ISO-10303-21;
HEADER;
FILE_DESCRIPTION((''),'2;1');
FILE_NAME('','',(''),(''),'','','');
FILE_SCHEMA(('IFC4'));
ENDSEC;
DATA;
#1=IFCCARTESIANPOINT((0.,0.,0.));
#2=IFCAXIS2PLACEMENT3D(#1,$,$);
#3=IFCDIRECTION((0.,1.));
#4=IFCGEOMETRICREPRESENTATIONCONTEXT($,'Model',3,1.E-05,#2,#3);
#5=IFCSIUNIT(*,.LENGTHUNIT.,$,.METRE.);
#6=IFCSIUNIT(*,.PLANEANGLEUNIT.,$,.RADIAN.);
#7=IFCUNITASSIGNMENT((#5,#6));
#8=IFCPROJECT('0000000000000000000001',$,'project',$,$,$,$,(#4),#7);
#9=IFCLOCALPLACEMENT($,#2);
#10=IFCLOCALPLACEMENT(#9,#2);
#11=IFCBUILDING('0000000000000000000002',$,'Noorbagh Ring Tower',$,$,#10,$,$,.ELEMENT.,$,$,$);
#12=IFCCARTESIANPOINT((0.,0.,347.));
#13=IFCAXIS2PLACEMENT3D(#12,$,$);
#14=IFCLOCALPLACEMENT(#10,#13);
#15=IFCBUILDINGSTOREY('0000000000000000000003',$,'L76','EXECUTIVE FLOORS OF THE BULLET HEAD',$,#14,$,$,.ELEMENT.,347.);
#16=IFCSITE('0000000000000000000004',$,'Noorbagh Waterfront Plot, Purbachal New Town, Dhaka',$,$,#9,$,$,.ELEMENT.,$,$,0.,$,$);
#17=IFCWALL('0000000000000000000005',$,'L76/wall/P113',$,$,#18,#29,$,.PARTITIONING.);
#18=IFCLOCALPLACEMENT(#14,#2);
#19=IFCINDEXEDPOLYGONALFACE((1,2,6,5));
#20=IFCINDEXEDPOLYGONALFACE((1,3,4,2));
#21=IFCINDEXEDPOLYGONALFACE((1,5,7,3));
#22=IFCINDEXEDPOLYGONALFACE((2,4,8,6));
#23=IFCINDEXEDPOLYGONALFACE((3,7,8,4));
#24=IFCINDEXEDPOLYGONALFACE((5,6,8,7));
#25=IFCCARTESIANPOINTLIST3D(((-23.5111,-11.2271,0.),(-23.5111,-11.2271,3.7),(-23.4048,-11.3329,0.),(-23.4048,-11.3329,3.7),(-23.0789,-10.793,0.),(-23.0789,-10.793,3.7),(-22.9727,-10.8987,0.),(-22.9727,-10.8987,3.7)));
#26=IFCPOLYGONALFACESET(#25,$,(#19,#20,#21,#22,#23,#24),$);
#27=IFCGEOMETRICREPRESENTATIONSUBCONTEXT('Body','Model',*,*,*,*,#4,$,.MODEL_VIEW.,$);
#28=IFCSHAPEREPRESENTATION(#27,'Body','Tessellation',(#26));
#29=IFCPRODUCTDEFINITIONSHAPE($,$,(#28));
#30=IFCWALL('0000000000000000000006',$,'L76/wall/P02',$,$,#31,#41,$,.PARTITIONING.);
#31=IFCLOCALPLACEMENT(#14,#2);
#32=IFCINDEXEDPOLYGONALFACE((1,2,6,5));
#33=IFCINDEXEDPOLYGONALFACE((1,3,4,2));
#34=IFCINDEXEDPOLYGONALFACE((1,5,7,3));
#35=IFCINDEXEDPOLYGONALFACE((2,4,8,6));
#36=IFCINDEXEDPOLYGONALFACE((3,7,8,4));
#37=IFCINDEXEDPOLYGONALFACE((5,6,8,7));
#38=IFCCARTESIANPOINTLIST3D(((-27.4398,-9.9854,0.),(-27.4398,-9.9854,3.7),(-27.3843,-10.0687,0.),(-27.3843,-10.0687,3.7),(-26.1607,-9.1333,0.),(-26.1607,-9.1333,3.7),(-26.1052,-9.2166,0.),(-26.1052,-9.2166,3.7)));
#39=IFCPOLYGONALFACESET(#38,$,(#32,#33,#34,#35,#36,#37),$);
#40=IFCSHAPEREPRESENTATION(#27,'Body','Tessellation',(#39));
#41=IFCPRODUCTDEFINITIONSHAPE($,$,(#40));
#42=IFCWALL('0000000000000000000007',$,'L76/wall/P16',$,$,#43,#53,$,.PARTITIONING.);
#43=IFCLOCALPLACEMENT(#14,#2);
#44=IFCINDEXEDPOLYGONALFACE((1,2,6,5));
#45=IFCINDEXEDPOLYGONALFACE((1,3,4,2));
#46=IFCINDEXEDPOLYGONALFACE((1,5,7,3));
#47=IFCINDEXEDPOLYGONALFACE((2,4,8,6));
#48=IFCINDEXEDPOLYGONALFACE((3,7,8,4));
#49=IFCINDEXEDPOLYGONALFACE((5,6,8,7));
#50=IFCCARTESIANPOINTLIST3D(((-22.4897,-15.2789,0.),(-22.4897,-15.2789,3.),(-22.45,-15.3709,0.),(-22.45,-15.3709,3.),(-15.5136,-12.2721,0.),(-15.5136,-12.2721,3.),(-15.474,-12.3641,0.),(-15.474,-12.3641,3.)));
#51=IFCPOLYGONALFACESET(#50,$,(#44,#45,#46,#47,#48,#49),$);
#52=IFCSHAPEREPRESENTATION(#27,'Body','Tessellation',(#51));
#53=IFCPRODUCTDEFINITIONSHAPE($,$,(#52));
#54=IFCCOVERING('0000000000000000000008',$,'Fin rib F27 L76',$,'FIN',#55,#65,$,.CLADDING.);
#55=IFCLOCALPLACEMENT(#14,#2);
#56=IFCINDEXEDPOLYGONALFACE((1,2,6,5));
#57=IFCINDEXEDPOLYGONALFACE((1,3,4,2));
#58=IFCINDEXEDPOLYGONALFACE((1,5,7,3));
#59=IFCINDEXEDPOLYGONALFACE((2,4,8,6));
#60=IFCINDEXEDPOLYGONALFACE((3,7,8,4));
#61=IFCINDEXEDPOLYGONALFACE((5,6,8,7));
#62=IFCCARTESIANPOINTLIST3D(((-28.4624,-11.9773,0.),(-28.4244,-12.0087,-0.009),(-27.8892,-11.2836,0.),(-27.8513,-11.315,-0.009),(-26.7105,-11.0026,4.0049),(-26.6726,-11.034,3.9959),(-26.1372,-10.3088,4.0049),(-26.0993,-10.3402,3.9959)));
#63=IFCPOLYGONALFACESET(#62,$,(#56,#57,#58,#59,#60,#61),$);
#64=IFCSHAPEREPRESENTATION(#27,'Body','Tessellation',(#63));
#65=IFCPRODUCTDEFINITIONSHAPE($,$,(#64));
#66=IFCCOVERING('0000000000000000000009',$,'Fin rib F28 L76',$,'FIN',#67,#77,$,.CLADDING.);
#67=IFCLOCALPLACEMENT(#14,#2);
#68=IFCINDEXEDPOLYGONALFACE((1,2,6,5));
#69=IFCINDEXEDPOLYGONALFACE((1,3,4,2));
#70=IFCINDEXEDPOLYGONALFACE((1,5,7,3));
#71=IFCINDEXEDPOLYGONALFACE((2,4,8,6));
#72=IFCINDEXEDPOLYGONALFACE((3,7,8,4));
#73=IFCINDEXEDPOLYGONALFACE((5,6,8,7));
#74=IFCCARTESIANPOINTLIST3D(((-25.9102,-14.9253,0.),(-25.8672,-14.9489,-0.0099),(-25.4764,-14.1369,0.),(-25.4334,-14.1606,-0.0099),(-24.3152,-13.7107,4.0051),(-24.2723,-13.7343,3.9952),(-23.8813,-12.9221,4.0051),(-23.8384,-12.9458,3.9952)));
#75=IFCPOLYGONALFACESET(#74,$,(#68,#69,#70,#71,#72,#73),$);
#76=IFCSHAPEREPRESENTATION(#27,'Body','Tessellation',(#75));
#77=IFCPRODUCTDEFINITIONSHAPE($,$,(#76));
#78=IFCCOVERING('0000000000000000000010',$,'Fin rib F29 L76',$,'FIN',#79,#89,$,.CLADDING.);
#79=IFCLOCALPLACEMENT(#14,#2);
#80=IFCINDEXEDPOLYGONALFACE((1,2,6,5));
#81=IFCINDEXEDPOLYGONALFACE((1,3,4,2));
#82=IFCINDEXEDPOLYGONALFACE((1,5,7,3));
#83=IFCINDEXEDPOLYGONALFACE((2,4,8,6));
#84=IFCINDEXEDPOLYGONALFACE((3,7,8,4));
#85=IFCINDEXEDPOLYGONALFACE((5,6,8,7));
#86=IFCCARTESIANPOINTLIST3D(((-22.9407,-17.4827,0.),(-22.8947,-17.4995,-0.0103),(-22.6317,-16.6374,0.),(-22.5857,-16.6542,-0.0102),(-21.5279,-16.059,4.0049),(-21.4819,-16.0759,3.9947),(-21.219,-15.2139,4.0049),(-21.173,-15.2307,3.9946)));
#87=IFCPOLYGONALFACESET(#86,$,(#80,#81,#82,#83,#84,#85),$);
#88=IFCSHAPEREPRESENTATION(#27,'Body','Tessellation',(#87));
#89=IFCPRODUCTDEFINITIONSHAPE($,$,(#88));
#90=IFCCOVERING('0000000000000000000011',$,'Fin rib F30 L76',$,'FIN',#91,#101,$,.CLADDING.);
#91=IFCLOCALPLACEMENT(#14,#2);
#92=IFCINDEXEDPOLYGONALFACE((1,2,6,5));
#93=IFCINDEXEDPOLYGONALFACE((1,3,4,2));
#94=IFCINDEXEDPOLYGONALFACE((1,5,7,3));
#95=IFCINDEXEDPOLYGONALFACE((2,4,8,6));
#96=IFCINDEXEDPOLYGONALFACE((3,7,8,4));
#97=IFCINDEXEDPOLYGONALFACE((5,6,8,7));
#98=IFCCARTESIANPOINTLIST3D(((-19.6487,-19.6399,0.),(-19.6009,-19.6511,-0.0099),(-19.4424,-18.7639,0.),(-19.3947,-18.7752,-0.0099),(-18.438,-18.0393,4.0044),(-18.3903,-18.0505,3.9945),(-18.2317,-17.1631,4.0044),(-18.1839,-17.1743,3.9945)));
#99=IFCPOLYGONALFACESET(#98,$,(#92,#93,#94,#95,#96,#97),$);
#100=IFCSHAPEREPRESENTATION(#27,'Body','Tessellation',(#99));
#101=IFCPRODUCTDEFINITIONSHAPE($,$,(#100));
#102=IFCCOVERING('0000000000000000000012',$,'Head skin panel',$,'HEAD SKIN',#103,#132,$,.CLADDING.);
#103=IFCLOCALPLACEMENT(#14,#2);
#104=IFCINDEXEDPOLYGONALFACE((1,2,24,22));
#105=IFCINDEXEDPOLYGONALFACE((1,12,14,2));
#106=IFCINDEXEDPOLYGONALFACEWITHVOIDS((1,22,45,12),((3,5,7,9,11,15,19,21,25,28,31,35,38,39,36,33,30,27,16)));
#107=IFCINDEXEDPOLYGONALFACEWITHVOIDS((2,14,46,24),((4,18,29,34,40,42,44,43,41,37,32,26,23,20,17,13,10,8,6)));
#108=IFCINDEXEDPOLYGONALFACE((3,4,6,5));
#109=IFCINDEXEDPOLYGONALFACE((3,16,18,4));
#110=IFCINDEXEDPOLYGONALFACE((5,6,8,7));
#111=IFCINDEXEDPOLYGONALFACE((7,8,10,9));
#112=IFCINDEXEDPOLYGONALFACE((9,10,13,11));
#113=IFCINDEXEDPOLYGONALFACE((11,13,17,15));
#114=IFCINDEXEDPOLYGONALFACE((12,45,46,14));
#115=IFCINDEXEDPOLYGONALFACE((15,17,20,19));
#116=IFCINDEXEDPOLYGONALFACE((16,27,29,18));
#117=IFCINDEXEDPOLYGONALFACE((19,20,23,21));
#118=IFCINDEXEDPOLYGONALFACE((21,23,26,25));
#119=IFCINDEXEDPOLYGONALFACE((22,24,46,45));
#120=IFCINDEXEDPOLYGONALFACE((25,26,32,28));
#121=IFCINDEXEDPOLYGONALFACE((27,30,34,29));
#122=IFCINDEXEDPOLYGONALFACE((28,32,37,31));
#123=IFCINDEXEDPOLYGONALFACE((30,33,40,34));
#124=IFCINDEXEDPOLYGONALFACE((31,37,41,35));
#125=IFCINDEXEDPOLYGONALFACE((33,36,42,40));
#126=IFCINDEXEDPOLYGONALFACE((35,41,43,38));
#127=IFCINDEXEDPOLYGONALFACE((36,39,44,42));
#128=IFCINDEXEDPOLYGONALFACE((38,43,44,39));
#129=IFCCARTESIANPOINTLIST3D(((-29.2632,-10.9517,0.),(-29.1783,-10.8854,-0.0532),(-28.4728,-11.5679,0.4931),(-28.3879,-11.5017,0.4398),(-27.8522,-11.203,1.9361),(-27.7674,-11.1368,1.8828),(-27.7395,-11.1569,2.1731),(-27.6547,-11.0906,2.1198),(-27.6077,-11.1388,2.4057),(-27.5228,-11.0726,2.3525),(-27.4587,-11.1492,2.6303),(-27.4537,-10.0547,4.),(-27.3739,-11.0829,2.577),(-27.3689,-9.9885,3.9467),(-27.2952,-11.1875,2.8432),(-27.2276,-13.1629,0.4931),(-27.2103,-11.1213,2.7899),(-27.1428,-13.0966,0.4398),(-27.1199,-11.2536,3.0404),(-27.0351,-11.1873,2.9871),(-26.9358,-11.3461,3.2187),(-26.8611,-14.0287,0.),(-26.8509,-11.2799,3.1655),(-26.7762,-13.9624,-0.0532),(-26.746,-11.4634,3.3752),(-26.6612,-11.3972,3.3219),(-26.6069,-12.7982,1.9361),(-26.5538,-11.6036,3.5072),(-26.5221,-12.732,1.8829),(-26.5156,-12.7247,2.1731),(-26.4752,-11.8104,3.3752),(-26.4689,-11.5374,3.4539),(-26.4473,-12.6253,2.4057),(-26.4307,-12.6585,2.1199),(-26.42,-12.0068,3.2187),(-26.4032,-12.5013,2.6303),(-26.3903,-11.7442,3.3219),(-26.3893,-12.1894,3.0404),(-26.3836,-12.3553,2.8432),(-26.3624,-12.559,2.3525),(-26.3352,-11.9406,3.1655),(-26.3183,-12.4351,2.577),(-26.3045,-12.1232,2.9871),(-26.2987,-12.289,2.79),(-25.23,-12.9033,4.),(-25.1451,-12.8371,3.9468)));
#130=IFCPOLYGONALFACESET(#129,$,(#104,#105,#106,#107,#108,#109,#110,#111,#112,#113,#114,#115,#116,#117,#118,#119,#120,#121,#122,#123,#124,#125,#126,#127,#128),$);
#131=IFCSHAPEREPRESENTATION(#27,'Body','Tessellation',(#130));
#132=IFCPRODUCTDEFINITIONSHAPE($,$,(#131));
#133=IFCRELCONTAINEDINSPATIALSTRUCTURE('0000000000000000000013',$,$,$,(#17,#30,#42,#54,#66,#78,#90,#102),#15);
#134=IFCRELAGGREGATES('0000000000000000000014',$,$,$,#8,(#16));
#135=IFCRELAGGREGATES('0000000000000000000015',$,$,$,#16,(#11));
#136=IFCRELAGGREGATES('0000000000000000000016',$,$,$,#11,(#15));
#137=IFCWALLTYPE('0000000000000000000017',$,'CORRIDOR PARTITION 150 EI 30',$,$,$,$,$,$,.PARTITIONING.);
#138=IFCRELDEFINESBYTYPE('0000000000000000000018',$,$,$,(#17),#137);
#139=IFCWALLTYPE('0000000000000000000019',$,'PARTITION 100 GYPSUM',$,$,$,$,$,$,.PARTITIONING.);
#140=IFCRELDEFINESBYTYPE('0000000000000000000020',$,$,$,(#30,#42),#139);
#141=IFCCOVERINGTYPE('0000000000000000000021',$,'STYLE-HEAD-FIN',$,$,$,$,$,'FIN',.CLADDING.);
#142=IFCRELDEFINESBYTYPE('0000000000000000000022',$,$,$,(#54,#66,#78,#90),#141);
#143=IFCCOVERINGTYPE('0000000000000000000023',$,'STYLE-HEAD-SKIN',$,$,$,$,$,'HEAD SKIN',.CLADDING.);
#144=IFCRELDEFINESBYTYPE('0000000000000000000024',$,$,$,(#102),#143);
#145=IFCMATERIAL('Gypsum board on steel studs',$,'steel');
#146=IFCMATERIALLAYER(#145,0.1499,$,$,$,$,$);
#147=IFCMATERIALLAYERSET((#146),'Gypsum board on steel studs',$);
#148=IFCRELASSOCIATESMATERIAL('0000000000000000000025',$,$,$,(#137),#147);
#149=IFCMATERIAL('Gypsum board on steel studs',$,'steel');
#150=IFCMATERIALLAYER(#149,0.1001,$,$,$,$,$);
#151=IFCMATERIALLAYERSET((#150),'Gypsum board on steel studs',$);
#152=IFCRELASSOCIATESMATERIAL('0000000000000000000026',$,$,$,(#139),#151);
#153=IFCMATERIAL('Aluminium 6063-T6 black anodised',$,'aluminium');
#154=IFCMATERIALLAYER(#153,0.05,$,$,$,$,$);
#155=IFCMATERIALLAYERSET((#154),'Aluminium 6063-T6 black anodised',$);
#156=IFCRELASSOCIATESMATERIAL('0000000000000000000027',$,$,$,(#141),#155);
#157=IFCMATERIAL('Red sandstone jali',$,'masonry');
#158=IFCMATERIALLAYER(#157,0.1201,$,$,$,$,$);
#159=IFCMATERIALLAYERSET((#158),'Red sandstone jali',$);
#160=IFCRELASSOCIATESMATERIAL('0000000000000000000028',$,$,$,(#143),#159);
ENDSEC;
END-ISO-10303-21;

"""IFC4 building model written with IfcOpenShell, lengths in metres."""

from ifc_helpers import new_model, si_unit, direction, frame, frame_2d, origin, place, context, subcontext, project, spatial, polyline, rectangle, outline, extrude, material, layer, layer_set, type_object, element, save


model = new_model("IFC4")

# Units and contexts
model_context = context("Model", 3, precision=1e-05, world=origin(), true_north=direction((0.0, 1.0)))
body_context = subcontext(model_context, "Body", "Model", "MODEL_VIEW")
ifc_project = project(units=[si_unit("LENGTHUNIT", "METRE"), si_unit("PLANEANGLEUNIT", "RADIAN")], contexts=[model_context])

# Site, building, storey
site_placement = place(None, origin())
site = spatial("IfcSite", under=ifc_project, at=site_placement, Name="Noorbagh Waterfront Plot, Purbachal New Town, Dhaka", CompositionType="ELEMENT", RefElevation=0.0)
building_placement = place(site_placement, origin())
building = spatial("IfcBuilding", under=site, at=building_placement, Name="Noorbagh Ring Tower", CompositionType="ELEMENT")
storey_placement = place(building_placement, frame((0.0, 0.0, 347.0)))
storey = spatial("IfcBuildingStorey", under=building, at=storey_placement, Name="L76", Description="EXECUTIVE FLOORS OF THE BULLET HEAD", CompositionType="ELEMENT", Elevation=347.0)

# Shared definitions
ifc_material_1 = material(Name="Gypsum board on steel studs", Category="steel")
ifc_layer_1 = layer(ifc_material_1, 0.1499)
ifc_layer_set_1 = layer_set([ifc_layer_1], Name="Gypsum board on steel studs")
wall_type_1 = type_object("IfcWallType", Name="CORRIDOR PARTITION 150 EI 30", PredefinedType="PARTITIONING", material=ifc_layer_set_1)

# Walls
wall_1_placement = place(storey_placement, frame((-23.0259, -10.8459, 0.0), z_axis=(0.0, 0.0, 1.0), x_axis=(-0.705511, -0.708699, 0.0)))
element("IfcWall", 1, at=wall_1_placement, inside=storey, type_object=wall_type_1, Name="L76/wall/P113", PredefinedType="PARTITIONING", context=body_context, shape_type="SweptSolid", body=[
    extrude(rectangle(XDim=0.6125, YDim=0.1499, at=frame_2d((0.3062, 0.0))), origin(), (0.0, 0.0, 1.0), 3.7),
])
ifc_material_2 = material(Name="Gypsum board on steel studs", Category="steel")
ifc_layer_2 = layer(ifc_material_2, 0.1001)
ifc_layer_set_2 = layer_set([ifc_layer_2], Name="Gypsum board on steel studs")
wall_type_2 = type_object("IfcWallType", Name="PARTITION 100 GYPSUM", PredefinedType="PARTITIONING", material=ifc_layer_set_2)
wall_2_placement = place(storey_placement, frame((-27.4121, -10.0271, 0.0), z_axis=(0.0, 0.0, 1.0), x_axis=(0.832246, 0.554407, 0.0)))
element("IfcWall", 2, at=wall_2_placement, inside=storey, type_object=wall_type_2, Name="L76/wall/P02", PredefinedType="PARTITIONING", context=body_context, shape_type="SweptSolid", body=[
    extrude(rectangle(XDim=1.5369, YDim=0.1001, at=frame_2d((0.7686, 0.0))), origin(), (0.0, 0.0, 1.0), 3.7),
])
wall_3_placement = place(storey_placement, frame((-22.47, -15.325, 0.0), z_axis=(0.0, 0.0, 1.0), x_axis=(0.918329, 0.395819, 0.0)))
element("IfcWall", 3, at=wall_3_placement, inside=storey, type_object=wall_type_2, Name="L76/wall/P16", PredefinedType="PARTITIONING", context=body_context, shape_type="SweptSolid", body=[
    extrude(rectangle(XDim=7.5964, YDim=0.1001, at=frame_2d((3.7983, 0.0))), origin(), (0.0, 0.0, 1.0), 3.0),
])

# Coverings
ifc_material_3 = material(Name="Aluminium 6063-T6 black anodised", Category="aluminium")
ifc_layer_3 = layer(ifc_material_3, 0.05)
ifc_layer_set_3 = layer_set([ifc_layer_3], Name="Aluminium 6063-T6 black anodised")
covering_type_1 = type_object("IfcCoveringType", Name="STYLE-HEAD-FIN", ElementType="FIN", PredefinedType="CLADDING", material=ifc_layer_set_3)
covering_1_placement = place(storey_placement, frame((-28.4624, -11.9773, 0.0), z_axis=(-0.758388, 0.626675, 0.179237), x_axis=(0.391166, 0.217623, 0.89422)))
element("IfcCovering", 4, at=covering_1_placement, inside=storey, type_object=covering_type_1, Name="Fin rib F27 L76", ObjectType="FIN", PredefinedType="CLADDING", context=body_context, shape_type="SweptSolid", body=[
    extrude(outline(polyline([(0.0, 0.0), (4.4786, 0.0), (4.8539, 0.8181), (0.3752, 0.8179), (0.0, 0.0)])), origin(), (0.0, 0.0, -1.0), 0.05),
])
covering_2_placement = place(storey_placement, frame((-25.9102, -14.9253, 0.0), z_axis=(-0.858666, 0.472472, 0.198652), x_axis=(0.356099, 0.271191, 0.894231)))
element("IfcCovering", 5, at=covering_2_placement, inside=storey, type_object=covering_type_1, Name="Fin rib F28 L76", ObjectType="FIN", PredefinedType="CLADDING", context=body_context, shape_type="SweptSolid", body=[
    extrude(outline(polyline([(0.0, 0.0), (4.4789, 0.0), (4.8472, 0.8212), (0.3683, 0.821), (0.0, 0.0)])), origin(), (0.0, 0.0, -1.0), 0.05),
])
covering_3_placement = place(storey_placement, frame((-22.9407, -17.4827, 0.0), z_axis=(-0.919303, 0.336042, 0.204833), x_axis=(0.315411, 0.317841, 0.894144)))
element("IfcCovering", 6, at=covering_3_placement, inside=storey, type_object=covering_type_1, Name="Fin rib F29 L76", ObjectType="FIN", PredefinedType="CLADDING", context=body_context, shape_type="SweptSolid", body=[
    extrude(outline(polyline([(0.0, 0.0), (4.479, 0.0), (4.8451, 0.8221), (0.3661, 0.8221), (0.0, 0.0)])), origin(), (0.0, 0.0, -1.0), 0.05),
])
covering_4_placement = place(storey_placement, frame((-19.6487, -19.6399, 0.0), z_axis=(-0.953983, 0.224639, 0.198632), x_axis=(0.270289, 0.357342, 0.894008)))
element("IfcCovering", 7, at=covering_4_placement, inside=storey, type_object=covering_type_1, Name="Fin rib F30 L76", ObjectType="FIN", PredefinedType="CLADDING", context=body_context, shape_type="SweptSolid", body=[
    extrude(outline(polyline([(0.0, 0.0), (4.4792, 0.0), (4.848, 0.8211), (0.3688, 0.8209), (0.0, 0.0)])), origin(), (0.0, 0.0, -1.0), 0.05),
])
ifc_material_4 = material(Name="Red sandstone jali", Category="masonry")
ifc_layer_4 = layer(ifc_material_4, 0.1201)
ifc_layer_set_4 = layer_set([ifc_layer_4], Name="Red sandstone jali")
covering_type_2 = type_object("IfcCoveringType", Name="STYLE-HEAD-SKIN", ElementType="HEAD SKIN", PredefinedType="CLADDING", material=ifc_layer_set_4)
covering_5_placement = place(storey_placement, frame((-29.2632, -10.9517, 0.0), z_axis=(-0.706568, -0.551578, 0.44331), x_axis=(0.615351, -0.788253, 0.000011)))
element("IfcCovering", 8, at=covering_5_placement, inside=storey, type_object=covering_type_2, Name="Head skin panel", ObjectType="HEAD SKIN", PredefinedType="CLADDING", context=body_context, shape_type="SweptSolid", body=[
    extrude(outline(polyline([(0.0, 0.0), (3.9036, 0.0), (4.0203, 4.4624), (0.4065, 4.4624), (0.0, 0.0)]), holes=[polyline([(0.9722, 0.55), (1.0664, 2.1599), (1.0994, 2.4243), (1.1663, 2.6838), (1.2661, 2.9343), (1.397, 3.1719), (1.5569, 3.3918), (1.7432, 3.5908), (1.9524, 3.7654), (2.1812, 3.9126), (2.3926, 3.7654), (2.5813, 3.5908), (2.7441, 3.3918), (2.8784, 3.1719), (2.9814, 2.9343), (3.052, 2.6838), (3.0884, 2.4243), (3.0901, 2.1599), (2.9956, 0.55), (0.9722, 0.55)])]), origin(), (0.0, 0.0, -1.0), 0.1201),
])

save(model, "model.ifc")
